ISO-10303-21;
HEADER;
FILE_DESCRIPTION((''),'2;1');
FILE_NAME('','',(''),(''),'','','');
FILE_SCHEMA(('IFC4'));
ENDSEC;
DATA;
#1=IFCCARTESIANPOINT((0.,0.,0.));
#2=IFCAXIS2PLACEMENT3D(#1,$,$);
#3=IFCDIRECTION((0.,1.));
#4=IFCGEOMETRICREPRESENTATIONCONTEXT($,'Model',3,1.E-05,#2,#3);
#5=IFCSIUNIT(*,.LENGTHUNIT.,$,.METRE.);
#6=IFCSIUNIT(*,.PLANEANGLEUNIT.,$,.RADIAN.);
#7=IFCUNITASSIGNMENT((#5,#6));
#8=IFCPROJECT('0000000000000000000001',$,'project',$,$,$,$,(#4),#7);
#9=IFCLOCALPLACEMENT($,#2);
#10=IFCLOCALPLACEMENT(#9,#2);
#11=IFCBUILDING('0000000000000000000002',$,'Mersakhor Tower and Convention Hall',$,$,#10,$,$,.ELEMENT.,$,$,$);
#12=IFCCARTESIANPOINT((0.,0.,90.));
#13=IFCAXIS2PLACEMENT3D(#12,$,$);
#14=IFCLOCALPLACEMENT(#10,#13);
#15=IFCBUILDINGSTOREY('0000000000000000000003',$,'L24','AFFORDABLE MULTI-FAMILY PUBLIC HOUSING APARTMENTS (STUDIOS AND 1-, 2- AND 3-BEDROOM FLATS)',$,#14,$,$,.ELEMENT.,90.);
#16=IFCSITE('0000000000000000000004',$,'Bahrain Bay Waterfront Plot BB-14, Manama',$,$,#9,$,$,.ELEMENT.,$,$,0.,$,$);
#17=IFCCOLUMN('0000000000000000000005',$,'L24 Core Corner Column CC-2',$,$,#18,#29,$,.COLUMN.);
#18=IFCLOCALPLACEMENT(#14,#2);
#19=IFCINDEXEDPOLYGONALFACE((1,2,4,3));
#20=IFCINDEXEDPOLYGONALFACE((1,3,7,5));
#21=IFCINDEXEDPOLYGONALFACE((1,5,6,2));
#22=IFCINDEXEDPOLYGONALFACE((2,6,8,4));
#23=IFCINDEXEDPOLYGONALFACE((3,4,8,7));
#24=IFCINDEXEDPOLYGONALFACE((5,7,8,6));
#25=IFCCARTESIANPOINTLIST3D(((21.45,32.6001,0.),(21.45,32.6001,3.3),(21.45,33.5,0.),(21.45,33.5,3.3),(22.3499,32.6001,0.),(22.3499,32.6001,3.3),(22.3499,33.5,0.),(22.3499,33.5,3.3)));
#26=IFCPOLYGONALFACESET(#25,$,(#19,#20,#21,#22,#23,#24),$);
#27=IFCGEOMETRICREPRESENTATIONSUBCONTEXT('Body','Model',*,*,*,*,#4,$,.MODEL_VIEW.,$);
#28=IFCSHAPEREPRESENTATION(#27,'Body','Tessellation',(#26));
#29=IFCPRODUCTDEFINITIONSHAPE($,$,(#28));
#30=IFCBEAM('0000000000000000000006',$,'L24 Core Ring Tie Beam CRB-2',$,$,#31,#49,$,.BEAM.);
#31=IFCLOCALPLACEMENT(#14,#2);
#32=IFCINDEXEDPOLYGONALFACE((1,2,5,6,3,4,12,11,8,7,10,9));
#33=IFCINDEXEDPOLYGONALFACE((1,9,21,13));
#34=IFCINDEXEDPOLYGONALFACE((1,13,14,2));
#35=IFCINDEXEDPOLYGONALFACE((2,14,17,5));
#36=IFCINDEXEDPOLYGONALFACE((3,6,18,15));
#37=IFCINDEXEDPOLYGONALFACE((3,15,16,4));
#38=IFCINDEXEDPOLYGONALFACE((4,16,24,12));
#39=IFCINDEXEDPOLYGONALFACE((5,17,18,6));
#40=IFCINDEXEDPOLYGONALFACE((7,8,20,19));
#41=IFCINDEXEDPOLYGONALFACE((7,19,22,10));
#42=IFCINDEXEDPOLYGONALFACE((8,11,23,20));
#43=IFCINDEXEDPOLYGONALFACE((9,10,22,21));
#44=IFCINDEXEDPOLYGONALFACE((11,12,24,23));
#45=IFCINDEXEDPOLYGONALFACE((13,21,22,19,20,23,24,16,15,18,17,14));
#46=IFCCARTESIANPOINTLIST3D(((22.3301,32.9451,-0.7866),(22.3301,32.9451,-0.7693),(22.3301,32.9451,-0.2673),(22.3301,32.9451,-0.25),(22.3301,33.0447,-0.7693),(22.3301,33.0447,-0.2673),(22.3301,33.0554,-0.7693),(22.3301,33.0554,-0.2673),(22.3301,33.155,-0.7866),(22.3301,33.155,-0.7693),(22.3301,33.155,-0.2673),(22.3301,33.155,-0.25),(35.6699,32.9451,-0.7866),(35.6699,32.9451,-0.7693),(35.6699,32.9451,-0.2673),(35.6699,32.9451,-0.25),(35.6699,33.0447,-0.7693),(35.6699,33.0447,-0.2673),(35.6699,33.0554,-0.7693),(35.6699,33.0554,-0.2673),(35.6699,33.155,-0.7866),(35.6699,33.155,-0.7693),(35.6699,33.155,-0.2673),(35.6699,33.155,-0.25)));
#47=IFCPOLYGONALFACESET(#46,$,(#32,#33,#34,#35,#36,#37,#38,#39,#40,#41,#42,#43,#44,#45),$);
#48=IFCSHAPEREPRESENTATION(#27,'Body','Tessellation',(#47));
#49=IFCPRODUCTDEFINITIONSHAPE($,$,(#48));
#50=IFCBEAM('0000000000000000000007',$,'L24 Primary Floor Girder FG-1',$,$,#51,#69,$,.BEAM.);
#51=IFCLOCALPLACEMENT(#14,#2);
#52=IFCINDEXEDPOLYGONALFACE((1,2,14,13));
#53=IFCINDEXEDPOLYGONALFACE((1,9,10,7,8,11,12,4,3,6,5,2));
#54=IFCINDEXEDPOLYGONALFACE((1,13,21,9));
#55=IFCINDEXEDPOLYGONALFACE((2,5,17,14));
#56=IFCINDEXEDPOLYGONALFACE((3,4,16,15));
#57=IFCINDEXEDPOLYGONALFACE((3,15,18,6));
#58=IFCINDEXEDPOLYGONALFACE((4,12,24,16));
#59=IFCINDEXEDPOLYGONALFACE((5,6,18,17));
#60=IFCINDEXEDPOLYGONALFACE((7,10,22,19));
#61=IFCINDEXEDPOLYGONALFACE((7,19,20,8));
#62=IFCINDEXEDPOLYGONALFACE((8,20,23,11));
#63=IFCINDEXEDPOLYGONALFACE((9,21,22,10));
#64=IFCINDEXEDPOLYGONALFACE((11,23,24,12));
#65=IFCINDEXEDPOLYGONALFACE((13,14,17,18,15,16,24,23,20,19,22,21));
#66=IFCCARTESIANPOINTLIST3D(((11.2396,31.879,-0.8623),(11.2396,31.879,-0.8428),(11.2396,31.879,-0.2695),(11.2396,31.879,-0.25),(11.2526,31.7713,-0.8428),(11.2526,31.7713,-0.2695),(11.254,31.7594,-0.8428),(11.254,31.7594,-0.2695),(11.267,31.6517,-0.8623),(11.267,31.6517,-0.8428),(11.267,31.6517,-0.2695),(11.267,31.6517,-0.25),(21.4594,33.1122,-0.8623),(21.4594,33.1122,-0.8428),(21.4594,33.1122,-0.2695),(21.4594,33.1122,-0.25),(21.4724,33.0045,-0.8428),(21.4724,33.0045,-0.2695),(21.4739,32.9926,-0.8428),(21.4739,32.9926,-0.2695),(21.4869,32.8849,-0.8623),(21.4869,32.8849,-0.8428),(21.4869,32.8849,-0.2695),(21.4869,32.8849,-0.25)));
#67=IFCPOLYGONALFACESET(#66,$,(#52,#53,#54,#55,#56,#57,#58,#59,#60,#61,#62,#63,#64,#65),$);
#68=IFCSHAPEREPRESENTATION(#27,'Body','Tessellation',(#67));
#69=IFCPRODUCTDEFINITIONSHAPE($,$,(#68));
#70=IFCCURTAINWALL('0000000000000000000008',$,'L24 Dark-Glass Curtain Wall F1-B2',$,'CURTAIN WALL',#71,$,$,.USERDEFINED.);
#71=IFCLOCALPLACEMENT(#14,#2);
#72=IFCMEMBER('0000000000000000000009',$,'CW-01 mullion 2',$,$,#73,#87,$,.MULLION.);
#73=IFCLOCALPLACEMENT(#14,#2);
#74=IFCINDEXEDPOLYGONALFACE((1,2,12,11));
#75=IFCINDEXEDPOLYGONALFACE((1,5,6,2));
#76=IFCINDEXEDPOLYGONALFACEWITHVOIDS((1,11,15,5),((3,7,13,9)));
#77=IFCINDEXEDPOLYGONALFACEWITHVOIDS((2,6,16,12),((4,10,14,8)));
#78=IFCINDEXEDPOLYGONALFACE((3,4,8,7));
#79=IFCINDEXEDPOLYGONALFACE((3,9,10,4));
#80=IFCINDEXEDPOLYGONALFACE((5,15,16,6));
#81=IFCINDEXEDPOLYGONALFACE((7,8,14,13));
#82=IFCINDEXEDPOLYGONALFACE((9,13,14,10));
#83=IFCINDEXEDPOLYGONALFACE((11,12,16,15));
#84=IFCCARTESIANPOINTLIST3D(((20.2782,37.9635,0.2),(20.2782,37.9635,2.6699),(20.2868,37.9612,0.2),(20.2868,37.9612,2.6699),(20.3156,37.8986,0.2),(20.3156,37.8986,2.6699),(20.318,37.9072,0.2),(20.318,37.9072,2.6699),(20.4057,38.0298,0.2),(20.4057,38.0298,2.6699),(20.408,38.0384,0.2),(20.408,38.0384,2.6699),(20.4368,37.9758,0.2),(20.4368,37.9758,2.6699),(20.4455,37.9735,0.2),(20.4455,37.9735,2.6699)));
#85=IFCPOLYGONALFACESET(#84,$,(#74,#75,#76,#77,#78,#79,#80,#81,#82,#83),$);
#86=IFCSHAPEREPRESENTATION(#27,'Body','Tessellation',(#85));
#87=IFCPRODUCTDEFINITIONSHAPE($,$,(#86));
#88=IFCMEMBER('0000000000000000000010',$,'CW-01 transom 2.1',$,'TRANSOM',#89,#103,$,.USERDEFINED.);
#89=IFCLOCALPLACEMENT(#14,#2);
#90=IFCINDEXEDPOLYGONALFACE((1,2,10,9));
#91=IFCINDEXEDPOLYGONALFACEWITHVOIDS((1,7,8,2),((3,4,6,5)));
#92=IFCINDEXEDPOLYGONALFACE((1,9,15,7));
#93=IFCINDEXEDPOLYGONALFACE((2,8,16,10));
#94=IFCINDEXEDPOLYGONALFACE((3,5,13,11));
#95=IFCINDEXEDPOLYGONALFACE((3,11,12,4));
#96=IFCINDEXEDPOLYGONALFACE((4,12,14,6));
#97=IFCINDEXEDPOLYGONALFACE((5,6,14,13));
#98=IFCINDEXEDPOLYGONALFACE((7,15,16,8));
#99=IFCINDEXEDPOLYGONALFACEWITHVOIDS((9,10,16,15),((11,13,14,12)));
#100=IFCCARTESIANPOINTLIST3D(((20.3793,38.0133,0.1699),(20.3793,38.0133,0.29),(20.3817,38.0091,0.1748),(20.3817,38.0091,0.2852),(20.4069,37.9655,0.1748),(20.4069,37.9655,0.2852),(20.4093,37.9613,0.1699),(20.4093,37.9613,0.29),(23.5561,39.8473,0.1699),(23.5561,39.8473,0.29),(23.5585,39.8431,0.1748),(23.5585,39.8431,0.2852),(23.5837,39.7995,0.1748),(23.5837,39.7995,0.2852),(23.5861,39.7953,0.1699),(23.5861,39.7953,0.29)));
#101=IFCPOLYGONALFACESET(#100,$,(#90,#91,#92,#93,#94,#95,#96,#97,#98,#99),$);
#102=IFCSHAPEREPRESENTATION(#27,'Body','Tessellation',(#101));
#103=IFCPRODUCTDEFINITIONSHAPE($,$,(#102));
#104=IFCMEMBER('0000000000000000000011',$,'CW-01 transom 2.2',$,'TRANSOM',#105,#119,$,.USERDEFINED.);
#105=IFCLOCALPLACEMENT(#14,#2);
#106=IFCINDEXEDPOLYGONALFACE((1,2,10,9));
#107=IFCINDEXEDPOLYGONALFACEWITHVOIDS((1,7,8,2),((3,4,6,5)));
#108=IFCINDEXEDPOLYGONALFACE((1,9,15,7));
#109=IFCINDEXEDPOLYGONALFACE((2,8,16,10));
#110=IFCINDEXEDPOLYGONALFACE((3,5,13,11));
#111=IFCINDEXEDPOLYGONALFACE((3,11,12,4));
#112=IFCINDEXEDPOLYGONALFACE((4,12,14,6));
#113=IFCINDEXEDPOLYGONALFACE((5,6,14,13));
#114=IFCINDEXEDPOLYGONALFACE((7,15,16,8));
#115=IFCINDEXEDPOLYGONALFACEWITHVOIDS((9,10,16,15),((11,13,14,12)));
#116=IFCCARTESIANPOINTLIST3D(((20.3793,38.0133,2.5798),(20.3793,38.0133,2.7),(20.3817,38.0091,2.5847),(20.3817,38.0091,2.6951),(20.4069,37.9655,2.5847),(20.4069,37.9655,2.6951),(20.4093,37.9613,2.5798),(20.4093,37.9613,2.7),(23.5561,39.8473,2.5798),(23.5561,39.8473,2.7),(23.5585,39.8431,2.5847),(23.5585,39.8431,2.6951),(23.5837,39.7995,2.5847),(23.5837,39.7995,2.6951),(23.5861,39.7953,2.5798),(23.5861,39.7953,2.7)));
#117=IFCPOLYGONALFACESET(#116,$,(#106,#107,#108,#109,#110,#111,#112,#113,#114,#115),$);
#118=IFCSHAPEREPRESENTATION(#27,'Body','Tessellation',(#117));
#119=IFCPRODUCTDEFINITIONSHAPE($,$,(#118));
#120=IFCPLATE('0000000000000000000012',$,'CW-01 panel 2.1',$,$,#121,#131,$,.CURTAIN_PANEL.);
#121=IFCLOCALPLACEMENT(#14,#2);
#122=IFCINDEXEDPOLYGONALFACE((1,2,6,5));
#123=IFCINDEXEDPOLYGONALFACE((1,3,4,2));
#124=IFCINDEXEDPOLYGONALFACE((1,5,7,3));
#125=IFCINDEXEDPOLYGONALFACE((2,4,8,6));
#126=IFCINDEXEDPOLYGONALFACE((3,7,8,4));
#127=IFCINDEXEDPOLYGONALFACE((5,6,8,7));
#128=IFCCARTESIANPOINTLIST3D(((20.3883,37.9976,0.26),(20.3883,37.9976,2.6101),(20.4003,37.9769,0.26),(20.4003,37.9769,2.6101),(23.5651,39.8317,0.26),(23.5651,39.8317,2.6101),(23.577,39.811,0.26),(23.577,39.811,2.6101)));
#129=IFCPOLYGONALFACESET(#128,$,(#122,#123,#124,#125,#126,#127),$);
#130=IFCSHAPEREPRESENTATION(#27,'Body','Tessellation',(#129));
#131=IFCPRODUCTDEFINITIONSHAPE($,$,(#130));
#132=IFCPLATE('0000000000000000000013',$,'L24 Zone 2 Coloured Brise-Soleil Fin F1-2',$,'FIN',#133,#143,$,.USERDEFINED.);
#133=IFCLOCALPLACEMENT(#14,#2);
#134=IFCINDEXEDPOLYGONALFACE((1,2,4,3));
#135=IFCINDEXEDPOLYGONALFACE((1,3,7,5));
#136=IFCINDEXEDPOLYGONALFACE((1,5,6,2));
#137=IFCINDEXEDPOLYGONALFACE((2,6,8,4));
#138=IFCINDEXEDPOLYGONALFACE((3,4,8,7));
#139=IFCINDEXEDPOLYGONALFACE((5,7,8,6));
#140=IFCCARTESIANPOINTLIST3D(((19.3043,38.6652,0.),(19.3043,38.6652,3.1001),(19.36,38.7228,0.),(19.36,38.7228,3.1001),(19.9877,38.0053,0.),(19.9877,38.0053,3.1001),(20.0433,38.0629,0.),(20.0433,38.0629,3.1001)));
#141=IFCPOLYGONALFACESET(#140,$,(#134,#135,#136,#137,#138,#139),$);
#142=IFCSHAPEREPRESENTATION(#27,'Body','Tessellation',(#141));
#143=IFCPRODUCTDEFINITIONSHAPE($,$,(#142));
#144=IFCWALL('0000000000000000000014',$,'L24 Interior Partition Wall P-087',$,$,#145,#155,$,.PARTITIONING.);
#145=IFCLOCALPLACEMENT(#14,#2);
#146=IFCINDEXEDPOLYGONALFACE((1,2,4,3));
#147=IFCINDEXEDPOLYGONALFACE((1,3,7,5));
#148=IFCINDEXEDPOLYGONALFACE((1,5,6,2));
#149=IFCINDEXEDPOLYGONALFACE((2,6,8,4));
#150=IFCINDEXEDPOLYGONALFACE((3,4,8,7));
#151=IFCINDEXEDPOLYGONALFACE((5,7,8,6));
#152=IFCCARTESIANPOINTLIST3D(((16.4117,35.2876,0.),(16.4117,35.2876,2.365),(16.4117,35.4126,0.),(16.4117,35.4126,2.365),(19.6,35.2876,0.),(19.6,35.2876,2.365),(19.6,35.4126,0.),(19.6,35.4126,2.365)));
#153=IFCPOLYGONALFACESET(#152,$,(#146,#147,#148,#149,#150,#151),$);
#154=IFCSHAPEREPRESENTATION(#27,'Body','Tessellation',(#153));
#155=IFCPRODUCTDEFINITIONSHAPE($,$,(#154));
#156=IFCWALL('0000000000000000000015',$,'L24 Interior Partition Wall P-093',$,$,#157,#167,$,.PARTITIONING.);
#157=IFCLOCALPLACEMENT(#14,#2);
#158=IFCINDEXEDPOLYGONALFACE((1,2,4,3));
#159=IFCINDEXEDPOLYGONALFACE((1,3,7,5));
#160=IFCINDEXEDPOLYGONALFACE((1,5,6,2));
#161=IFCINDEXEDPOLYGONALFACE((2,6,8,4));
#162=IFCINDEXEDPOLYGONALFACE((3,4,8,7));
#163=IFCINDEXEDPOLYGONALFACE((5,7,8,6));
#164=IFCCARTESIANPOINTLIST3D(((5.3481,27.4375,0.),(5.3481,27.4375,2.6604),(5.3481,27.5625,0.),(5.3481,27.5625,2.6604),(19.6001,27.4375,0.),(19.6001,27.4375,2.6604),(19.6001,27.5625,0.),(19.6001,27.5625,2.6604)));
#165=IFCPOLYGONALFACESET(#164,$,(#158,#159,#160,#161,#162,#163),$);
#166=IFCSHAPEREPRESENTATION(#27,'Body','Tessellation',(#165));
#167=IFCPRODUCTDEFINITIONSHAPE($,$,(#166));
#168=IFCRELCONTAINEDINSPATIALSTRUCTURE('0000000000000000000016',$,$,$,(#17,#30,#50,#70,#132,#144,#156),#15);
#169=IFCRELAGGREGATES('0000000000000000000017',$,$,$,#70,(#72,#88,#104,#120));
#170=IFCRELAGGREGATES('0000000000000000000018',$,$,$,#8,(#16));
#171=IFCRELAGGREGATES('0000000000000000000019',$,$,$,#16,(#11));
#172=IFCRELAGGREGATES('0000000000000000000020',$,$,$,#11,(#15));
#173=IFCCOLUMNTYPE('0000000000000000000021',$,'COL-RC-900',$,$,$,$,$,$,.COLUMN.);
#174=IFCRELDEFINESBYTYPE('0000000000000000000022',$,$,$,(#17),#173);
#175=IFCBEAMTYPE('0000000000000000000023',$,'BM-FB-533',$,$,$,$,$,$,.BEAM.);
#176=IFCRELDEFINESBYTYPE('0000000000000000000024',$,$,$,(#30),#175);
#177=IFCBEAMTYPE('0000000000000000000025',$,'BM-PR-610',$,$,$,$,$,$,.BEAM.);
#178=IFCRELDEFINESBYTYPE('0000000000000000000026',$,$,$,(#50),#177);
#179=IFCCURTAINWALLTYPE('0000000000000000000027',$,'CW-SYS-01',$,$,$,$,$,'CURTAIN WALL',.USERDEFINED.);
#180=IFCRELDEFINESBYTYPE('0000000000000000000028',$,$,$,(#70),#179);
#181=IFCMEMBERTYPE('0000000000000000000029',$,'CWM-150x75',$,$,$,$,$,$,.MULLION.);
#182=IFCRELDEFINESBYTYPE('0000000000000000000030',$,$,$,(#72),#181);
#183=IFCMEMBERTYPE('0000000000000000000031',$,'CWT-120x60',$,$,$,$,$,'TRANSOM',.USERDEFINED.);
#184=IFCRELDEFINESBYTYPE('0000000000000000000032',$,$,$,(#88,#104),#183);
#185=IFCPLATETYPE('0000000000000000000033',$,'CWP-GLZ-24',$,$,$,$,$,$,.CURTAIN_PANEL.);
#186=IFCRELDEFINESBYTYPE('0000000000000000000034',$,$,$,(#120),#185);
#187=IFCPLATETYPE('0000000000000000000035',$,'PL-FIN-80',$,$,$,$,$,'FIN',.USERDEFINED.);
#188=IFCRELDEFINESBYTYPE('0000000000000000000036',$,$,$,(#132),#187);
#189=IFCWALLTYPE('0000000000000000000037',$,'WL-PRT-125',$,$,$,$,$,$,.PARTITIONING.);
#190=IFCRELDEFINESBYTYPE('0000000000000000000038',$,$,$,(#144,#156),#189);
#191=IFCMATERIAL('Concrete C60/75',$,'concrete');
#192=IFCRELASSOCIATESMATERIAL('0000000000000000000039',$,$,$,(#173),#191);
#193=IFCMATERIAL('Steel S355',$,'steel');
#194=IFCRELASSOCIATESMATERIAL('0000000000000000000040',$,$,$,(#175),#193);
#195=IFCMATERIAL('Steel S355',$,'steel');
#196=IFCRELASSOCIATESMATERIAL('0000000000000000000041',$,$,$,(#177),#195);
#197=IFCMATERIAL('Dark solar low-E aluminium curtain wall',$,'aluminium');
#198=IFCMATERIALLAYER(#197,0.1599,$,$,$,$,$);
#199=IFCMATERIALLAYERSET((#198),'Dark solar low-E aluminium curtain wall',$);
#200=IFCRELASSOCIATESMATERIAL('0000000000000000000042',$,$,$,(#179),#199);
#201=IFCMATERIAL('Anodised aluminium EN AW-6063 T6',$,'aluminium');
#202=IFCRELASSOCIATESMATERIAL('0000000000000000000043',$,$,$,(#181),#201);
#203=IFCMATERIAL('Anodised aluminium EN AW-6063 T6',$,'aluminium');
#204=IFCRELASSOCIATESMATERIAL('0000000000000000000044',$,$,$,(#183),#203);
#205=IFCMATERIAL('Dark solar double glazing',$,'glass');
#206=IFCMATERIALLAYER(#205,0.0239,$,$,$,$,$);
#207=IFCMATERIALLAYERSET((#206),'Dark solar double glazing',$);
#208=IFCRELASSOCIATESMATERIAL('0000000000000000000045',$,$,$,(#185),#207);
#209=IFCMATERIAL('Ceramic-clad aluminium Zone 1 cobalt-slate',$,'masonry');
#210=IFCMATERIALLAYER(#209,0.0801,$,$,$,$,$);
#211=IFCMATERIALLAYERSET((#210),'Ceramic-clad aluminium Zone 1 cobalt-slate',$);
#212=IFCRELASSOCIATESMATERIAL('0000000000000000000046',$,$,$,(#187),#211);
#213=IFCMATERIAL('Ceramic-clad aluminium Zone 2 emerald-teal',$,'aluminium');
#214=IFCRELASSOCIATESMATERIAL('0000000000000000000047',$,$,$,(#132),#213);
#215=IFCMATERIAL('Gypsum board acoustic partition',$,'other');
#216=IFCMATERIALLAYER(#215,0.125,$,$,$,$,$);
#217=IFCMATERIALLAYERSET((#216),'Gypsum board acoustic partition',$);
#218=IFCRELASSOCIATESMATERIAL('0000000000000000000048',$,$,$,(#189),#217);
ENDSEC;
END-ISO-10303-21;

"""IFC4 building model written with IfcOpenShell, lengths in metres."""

from ifc_helpers import new_model, si_unit, direction, frame, frame_2d, origin, origin_2d, place, context, subcontext, project, spatial, rectangle, hollow_rectangle, i_section, extrude, material, layer, layer_set, material_profile, profile_set, type_object, element, aggregate, save


model = new_model("IFC4")

# Units and contexts
model_context = context("Model", 3, precision=1e-05, world=origin(), true_north=direction((0.0, 1.0)))
body_context = subcontext(model_context, "Body", "Model", "MODEL_VIEW")
ifc_project = project(units=[si_unit("LENGTHUNIT", "METRE"), si_unit("PLANEANGLEUNIT", "RADIAN")], contexts=[model_context])

# Site, building, storey
site_placement = place(None, origin())
site = spatial("IfcSite", under=ifc_project, at=site_placement, Name="Bahrain Bay Waterfront Plot BB-14, Manama", CompositionType="ELEMENT", RefElevation=0.0)
building_placement = place(site_placement, origin())
building = spatial("IfcBuilding", under=site, at=building_placement, Name="Mersakhor Tower and Convention Hall", CompositionType="ELEMENT")
storey_placement = place(building_placement, frame((0.0, 0.0, 90.0)))
storey = spatial("IfcBuildingStorey", under=building, at=storey_placement, Name="L24", Description="AFFORDABLE MULTI-FAMILY PUBLIC HOUSING APARTMENTS (STUDIOS AND 1-, 2- AND 3-BEDROOM FLATS)", CompositionType="ELEMENT", Elevation=90.0)

# Column
ifc_material_1 = material(Name="Concrete C60/75", Category="concrete")
ifc_material_profile_1 = material_profile(ifc_material_1, rectangle(XDim=0.8999, YDim=0.8999, at=origin_2d()), Name="RC 900x900")
ifc_profile_set_1 = profile_set([ifc_material_profile_1], Name="Concrete C60/75")
column_type = type_object("IfcColumnType", Name="COL-RC-900", PredefinedType="COLUMN", material=ifc_profile_set_1)
column_placement = place(storey_placement, frame((21.8999, 33.05, 0.0), z_axis=(0.0, 0.0, 1.0), x_axis=(1.0, 0.0, 0.0)))
element("IfcColumn", 1, at=column_placement, inside=storey, type_object=column_type, Name="L24 Core Corner Column CC-2", PredefinedType="COLUMN", context=body_context, shape_type="SweptSolid", body=[
    extrude(rectangle(XDim=0.8999, YDim=0.8999, at=origin_2d()), origin(), (0.0, 0.0, 1.0), 3.3),
])

# Beams
ifc_material_2 = material(Name="Steel S355", Category="steel")
ifc_material_profile_2 = material_profile(ifc_material_2, i_section(OverallWidth=0.21, OverallDepth=0.5366, WebThickness=0.0107, FlangeThickness=0.0173, at=origin_2d()), Name="UB 533x210x101")
ifc_profile_set_2 = profile_set([ifc_material_profile_2], Name="Steel S355")
beam_type_1 = type_object("IfcBeamType", Name="BM-FB-533", PredefinedType="BEAM", material=ifc_profile_set_2)
beam_1_placement = place(storey_placement, frame((22.3301, 33.05, -0.5183), z_axis=(1.0, 0.0, 0.0), x_axis=(0.0, 1.0, 0.0)))
element("IfcBeam", 2, at=beam_1_placement, inside=storey, type_object=beam_type_1, Name="L24 Core Ring Tie Beam CRB-2", PredefinedType="BEAM", context=body_context, shape_type="SweptSolid", body=[
    extrude(i_section(OverallWidth=0.21, OverallDepth=0.5366, WebThickness=0.0107, FlangeThickness=0.0173, at=origin_2d()), origin(), (0.0, 0.0, 1.0), 13.3398),
])
ifc_material_3 = material(Name="Steel S355", Category="steel")
ifc_material_profile_3 = material_profile(ifc_material_3, i_section(OverallWidth=0.229, OverallDepth=0.6123, WebThickness=0.012, FlangeThickness=0.0195, at=origin_2d()), Name="UB 610x229x125")
ifc_profile_set_3 = profile_set([ifc_material_profile_3], Name="Steel S355")
beam_type_2 = type_object("IfcBeamType", Name="BM-PR-610", PredefinedType="BEAM", material=ifc_profile_set_3)
beam_2_placement = place(storey_placement, frame((21.4731, 32.9985, -0.5562), z_axis=(-0.992799, -0.119795, 0.0), x_axis=(0.119795, -0.992799, 0.0)))
element("IfcBeam", 3, at=beam_2_placement, inside=storey, type_object=beam_type_2, Name="L24 Primary Floor Girder FG-1", PredefinedType="BEAM", context=body_context, shape_type="SweptSolid", body=[
    extrude(i_section(OverallWidth=0.229, OverallDepth=0.6123, WebThickness=0.012, FlangeThickness=0.0195, at=origin_2d()), origin(), (0.0, 0.0, 1.0), 10.2939),
])

# Curtain wall, members, plate
ifc_material_4 = material(Name="Dark solar low-E aluminium curtain wall", Category="aluminium")
ifc_layer_1 = layer(ifc_material_4, 0.1599)
ifc_layer_set_1 = layer_set([ifc_layer_1], Name="Dark solar low-E aluminium curtain wall")
curtain_wall_type = type_object("IfcCurtainWallType", Name="CW-SYS-01", ElementType="CURTAIN WALL", PredefinedType="USERDEFINED", material=ifc_layer_set_1)
curtain_wall_placement = place(storey_placement, origin())
curtain_wall = element("IfcCurtainWall", 4, at=curtain_wall_placement, inside=storey, type_object=curtain_wall_type, Name="L24 Dark-Glass Curtain Wall F1-B2", ObjectType="CURTAIN WALL", PredefinedType="USERDEFINED")
ifc_material_5 = material(Name="Anodised aluminium EN AW-6063 T6", Category="aluminium")
ifc_material_profile_4 = material_profile(ifc_material_5, hollow_rectangle(XDim=0.075, YDim=0.1499, WallThickness=0.0063, at=origin_2d()), Name="RHS 150x75x6.3")
ifc_profile_set_4 = profile_set([ifc_material_profile_4], Name="Anodised aluminium EN AW-6063 T6")
member_type_1 = type_object("IfcMemberType", Name="CWM-150x75", PredefinedType="MULLION", material=ifc_profile_set_4)
member_1_placement = place(storey_placement, frame((20.3618, 37.9685, 0.2), z_axis=(0.0, 0.0, 1.0), x_axis=(-0.499998, 0.866027, 0.0)))
member_1 = element("IfcMember", 5, at=member_1_placement, type_object=member_type_1, Name="CW-01 mullion 2", PredefinedType="MULLION", context=body_context, shape_type="SweptSolid", body=[
    extrude(hollow_rectangle(XDim=0.075, YDim=0.1499, WallThickness=0.0063, at=origin_2d()), origin(), (0.0, 0.0, 1.0), 2.47),
])
ifc_material_6 = material(Name="Anodised aluminium EN AW-6063 T6", Category="aluminium")
ifc_material_profile_5 = material_profile(ifc_material_6, hollow_rectangle(XDim=0.0601, YDim=0.1201, WallThickness=0.0049, at=origin_2d()), Name="RHS 120x60x5")
ifc_profile_set_5 = profile_set([ifc_material_profile_5], Name="Anodised aluminium EN AW-6063 T6")
member_type_2 = type_object("IfcMemberType", Name="CWT-120x60", ElementType="TRANSOM", PredefinedType="USERDEFINED", material=ifc_profile_set_5)
member_2_placement = place(storey_placement, frame((20.3943, 37.9873, 0.23), z_axis=(0.866039, 0.499976, 0.0), x_axis=(-0.499976, 0.866039, 0.0)))
member_2 = element("IfcMember", 6, at=member_2_placement, type_object=member_type_2, Name="CW-01 transom 2.1", ObjectType="TRANSOM", PredefinedType="USERDEFINED", context=body_context, shape_type="SweptSolid", body=[
    extrude(hollow_rectangle(XDim=0.0601, YDim=0.1201, WallThickness=0.0049, at=origin_2d()), origin(), (0.0, 0.0, 1.0), 3.6682),
])
member_3_placement = place(storey_placement, frame((20.3943, 37.9873, 2.6399), z_axis=(0.866039, 0.499976, 0.0), x_axis=(-0.499976, 0.866039, 0.0)))
member_3 = element("IfcMember", 7, at=member_3_placement, type_object=member_type_2, Name="CW-01 transom 2.2", ObjectType="TRANSOM", PredefinedType="USERDEFINED", context=body_context, shape_type="SweptSolid", body=[
    extrude(hollow_rectangle(XDim=0.0601, YDim=0.1201, WallThickness=0.0049, at=origin_2d()), origin(), (0.0, 0.0, 1.0), 3.6682),
])
ifc_material_7 = material(Name="Dark solar double glazing", Category="glass")
ifc_layer_2 = layer(ifc_material_7, 0.0239)
ifc_layer_set_2 = layer_set([ifc_layer_2], Name="Dark solar double glazing")
plate_type_1 = type_object("IfcPlateType", Name="CWP-GLZ-24", PredefinedType="CURTAIN_PANEL", material=ifc_layer_set_2)
plate_1_placement = place(storey_placement, frame((21.9827, 38.9043, 0.26), z_axis=(0.0, 0.0, 1.0), x_axis=(0.866027, 0.499998, 0.0)))
plate_1 = element("IfcPlate", 8, at=plate_1_placement, type_object=plate_type_1, Name="CW-01 panel 2.1", PredefinedType="CURTAIN_PANEL", context=body_context, shape_type="SweptSolid", body=[
    extrude(rectangle(XDim=3.6682, YDim=0.0239, at=origin_2d()), origin(), (0.0, 0.0, 1.0), 2.3501),
])
aggregate(curtain_wall, [member_1, member_2, member_3, plate_1])

# Plate
ifc_material_8 = material(Name="Ceramic-clad aluminium Zone 2 emerald-teal", Category="aluminium")
ifc_material_9 = material(Name="Ceramic-clad aluminium Zone 1 cobalt-slate", Category="masonry")
ifc_layer_3 = layer(ifc_material_9, 0.0801)
ifc_layer_set_3 = layer_set([ifc_layer_3], Name="Ceramic-clad aluminium Zone 1 cobalt-slate")
plate_type_2 = type_object("IfcPlateType", Name="PL-FIN-80", ElementType="FIN", PredefinedType="USERDEFINED", material=ifc_layer_set_3)
plate_2_placement = place(storey_placement, frame((19.6738, 38.364, 0.0), z_axis=(0.0, 0.0, 1.0), x_axis=(-0.71934, 0.694658, 0.0)))
element("IfcPlate", 9, at=plate_2_placement, inside=storey, type_object=plate_type_2, material=ifc_material_8, Name="L24 Zone 2 Coloured Brise-Soleil Fin F1-2", ObjectType="FIN", PredefinedType="USERDEFINED", context=body_context, shape_type="SweptSolid", body=[
    extrude(rectangle(XDim=0.95, YDim=0.0801, at=origin_2d()), origin(), (0.0, 0.0, 1.0), 3.1001),
])

# Walls
ifc_material_10 = material(Name="Gypsum board acoustic partition", Category="other")
ifc_layer_4 = layer(ifc_material_10, 0.125)
ifc_layer_set_4 = layer_set([ifc_layer_4], Name="Gypsum board acoustic partition")
wall_type_1 = type_object("IfcWallType", Name="WL-PRT-125", PredefinedType="PARTITIONING", material=ifc_layer_set_4)
wall_1_placement = place(storey_placement, frame((19.6001, 35.3501, 0.0), z_axis=(0.0, 0.0, 1.0), x_axis=(-1.0, 0.0, 0.0)))
element("IfcWall", 10, at=wall_1_placement, inside=storey, type_object=wall_type_1, Name="L24 Interior Partition Wall P-087", PredefinedType="PARTITIONING", context=body_context, shape_type="SweptSolid", body=[
    extrude(rectangle(XDim=3.1882, YDim=0.125, at=frame_2d((1.5942, 0.0))), origin(), (0.0, 0.0, 1.0), 2.365),
])
wall_2_placement = place(storey_placement, frame((19.6001, 27.5, 0.0), z_axis=(0.0, 0.0, 1.0), x_axis=(-1.0, 0.0, 0.0)))
element("IfcWall", 11, at=wall_2_placement, inside=storey, type_object=wall_type_1, Name="L24 Interior Partition Wall P-093", PredefinedType="PARTITIONING", context=body_context, shape_type="SweptSolid", body=[
    extrude(rectangle(XDim=14.252, YDim=0.125, at=frame_2d((7.126, 0.0))), origin(), (0.0, 0.0, 1.0), 2.6604),
])

save(model, "model.ifc")
